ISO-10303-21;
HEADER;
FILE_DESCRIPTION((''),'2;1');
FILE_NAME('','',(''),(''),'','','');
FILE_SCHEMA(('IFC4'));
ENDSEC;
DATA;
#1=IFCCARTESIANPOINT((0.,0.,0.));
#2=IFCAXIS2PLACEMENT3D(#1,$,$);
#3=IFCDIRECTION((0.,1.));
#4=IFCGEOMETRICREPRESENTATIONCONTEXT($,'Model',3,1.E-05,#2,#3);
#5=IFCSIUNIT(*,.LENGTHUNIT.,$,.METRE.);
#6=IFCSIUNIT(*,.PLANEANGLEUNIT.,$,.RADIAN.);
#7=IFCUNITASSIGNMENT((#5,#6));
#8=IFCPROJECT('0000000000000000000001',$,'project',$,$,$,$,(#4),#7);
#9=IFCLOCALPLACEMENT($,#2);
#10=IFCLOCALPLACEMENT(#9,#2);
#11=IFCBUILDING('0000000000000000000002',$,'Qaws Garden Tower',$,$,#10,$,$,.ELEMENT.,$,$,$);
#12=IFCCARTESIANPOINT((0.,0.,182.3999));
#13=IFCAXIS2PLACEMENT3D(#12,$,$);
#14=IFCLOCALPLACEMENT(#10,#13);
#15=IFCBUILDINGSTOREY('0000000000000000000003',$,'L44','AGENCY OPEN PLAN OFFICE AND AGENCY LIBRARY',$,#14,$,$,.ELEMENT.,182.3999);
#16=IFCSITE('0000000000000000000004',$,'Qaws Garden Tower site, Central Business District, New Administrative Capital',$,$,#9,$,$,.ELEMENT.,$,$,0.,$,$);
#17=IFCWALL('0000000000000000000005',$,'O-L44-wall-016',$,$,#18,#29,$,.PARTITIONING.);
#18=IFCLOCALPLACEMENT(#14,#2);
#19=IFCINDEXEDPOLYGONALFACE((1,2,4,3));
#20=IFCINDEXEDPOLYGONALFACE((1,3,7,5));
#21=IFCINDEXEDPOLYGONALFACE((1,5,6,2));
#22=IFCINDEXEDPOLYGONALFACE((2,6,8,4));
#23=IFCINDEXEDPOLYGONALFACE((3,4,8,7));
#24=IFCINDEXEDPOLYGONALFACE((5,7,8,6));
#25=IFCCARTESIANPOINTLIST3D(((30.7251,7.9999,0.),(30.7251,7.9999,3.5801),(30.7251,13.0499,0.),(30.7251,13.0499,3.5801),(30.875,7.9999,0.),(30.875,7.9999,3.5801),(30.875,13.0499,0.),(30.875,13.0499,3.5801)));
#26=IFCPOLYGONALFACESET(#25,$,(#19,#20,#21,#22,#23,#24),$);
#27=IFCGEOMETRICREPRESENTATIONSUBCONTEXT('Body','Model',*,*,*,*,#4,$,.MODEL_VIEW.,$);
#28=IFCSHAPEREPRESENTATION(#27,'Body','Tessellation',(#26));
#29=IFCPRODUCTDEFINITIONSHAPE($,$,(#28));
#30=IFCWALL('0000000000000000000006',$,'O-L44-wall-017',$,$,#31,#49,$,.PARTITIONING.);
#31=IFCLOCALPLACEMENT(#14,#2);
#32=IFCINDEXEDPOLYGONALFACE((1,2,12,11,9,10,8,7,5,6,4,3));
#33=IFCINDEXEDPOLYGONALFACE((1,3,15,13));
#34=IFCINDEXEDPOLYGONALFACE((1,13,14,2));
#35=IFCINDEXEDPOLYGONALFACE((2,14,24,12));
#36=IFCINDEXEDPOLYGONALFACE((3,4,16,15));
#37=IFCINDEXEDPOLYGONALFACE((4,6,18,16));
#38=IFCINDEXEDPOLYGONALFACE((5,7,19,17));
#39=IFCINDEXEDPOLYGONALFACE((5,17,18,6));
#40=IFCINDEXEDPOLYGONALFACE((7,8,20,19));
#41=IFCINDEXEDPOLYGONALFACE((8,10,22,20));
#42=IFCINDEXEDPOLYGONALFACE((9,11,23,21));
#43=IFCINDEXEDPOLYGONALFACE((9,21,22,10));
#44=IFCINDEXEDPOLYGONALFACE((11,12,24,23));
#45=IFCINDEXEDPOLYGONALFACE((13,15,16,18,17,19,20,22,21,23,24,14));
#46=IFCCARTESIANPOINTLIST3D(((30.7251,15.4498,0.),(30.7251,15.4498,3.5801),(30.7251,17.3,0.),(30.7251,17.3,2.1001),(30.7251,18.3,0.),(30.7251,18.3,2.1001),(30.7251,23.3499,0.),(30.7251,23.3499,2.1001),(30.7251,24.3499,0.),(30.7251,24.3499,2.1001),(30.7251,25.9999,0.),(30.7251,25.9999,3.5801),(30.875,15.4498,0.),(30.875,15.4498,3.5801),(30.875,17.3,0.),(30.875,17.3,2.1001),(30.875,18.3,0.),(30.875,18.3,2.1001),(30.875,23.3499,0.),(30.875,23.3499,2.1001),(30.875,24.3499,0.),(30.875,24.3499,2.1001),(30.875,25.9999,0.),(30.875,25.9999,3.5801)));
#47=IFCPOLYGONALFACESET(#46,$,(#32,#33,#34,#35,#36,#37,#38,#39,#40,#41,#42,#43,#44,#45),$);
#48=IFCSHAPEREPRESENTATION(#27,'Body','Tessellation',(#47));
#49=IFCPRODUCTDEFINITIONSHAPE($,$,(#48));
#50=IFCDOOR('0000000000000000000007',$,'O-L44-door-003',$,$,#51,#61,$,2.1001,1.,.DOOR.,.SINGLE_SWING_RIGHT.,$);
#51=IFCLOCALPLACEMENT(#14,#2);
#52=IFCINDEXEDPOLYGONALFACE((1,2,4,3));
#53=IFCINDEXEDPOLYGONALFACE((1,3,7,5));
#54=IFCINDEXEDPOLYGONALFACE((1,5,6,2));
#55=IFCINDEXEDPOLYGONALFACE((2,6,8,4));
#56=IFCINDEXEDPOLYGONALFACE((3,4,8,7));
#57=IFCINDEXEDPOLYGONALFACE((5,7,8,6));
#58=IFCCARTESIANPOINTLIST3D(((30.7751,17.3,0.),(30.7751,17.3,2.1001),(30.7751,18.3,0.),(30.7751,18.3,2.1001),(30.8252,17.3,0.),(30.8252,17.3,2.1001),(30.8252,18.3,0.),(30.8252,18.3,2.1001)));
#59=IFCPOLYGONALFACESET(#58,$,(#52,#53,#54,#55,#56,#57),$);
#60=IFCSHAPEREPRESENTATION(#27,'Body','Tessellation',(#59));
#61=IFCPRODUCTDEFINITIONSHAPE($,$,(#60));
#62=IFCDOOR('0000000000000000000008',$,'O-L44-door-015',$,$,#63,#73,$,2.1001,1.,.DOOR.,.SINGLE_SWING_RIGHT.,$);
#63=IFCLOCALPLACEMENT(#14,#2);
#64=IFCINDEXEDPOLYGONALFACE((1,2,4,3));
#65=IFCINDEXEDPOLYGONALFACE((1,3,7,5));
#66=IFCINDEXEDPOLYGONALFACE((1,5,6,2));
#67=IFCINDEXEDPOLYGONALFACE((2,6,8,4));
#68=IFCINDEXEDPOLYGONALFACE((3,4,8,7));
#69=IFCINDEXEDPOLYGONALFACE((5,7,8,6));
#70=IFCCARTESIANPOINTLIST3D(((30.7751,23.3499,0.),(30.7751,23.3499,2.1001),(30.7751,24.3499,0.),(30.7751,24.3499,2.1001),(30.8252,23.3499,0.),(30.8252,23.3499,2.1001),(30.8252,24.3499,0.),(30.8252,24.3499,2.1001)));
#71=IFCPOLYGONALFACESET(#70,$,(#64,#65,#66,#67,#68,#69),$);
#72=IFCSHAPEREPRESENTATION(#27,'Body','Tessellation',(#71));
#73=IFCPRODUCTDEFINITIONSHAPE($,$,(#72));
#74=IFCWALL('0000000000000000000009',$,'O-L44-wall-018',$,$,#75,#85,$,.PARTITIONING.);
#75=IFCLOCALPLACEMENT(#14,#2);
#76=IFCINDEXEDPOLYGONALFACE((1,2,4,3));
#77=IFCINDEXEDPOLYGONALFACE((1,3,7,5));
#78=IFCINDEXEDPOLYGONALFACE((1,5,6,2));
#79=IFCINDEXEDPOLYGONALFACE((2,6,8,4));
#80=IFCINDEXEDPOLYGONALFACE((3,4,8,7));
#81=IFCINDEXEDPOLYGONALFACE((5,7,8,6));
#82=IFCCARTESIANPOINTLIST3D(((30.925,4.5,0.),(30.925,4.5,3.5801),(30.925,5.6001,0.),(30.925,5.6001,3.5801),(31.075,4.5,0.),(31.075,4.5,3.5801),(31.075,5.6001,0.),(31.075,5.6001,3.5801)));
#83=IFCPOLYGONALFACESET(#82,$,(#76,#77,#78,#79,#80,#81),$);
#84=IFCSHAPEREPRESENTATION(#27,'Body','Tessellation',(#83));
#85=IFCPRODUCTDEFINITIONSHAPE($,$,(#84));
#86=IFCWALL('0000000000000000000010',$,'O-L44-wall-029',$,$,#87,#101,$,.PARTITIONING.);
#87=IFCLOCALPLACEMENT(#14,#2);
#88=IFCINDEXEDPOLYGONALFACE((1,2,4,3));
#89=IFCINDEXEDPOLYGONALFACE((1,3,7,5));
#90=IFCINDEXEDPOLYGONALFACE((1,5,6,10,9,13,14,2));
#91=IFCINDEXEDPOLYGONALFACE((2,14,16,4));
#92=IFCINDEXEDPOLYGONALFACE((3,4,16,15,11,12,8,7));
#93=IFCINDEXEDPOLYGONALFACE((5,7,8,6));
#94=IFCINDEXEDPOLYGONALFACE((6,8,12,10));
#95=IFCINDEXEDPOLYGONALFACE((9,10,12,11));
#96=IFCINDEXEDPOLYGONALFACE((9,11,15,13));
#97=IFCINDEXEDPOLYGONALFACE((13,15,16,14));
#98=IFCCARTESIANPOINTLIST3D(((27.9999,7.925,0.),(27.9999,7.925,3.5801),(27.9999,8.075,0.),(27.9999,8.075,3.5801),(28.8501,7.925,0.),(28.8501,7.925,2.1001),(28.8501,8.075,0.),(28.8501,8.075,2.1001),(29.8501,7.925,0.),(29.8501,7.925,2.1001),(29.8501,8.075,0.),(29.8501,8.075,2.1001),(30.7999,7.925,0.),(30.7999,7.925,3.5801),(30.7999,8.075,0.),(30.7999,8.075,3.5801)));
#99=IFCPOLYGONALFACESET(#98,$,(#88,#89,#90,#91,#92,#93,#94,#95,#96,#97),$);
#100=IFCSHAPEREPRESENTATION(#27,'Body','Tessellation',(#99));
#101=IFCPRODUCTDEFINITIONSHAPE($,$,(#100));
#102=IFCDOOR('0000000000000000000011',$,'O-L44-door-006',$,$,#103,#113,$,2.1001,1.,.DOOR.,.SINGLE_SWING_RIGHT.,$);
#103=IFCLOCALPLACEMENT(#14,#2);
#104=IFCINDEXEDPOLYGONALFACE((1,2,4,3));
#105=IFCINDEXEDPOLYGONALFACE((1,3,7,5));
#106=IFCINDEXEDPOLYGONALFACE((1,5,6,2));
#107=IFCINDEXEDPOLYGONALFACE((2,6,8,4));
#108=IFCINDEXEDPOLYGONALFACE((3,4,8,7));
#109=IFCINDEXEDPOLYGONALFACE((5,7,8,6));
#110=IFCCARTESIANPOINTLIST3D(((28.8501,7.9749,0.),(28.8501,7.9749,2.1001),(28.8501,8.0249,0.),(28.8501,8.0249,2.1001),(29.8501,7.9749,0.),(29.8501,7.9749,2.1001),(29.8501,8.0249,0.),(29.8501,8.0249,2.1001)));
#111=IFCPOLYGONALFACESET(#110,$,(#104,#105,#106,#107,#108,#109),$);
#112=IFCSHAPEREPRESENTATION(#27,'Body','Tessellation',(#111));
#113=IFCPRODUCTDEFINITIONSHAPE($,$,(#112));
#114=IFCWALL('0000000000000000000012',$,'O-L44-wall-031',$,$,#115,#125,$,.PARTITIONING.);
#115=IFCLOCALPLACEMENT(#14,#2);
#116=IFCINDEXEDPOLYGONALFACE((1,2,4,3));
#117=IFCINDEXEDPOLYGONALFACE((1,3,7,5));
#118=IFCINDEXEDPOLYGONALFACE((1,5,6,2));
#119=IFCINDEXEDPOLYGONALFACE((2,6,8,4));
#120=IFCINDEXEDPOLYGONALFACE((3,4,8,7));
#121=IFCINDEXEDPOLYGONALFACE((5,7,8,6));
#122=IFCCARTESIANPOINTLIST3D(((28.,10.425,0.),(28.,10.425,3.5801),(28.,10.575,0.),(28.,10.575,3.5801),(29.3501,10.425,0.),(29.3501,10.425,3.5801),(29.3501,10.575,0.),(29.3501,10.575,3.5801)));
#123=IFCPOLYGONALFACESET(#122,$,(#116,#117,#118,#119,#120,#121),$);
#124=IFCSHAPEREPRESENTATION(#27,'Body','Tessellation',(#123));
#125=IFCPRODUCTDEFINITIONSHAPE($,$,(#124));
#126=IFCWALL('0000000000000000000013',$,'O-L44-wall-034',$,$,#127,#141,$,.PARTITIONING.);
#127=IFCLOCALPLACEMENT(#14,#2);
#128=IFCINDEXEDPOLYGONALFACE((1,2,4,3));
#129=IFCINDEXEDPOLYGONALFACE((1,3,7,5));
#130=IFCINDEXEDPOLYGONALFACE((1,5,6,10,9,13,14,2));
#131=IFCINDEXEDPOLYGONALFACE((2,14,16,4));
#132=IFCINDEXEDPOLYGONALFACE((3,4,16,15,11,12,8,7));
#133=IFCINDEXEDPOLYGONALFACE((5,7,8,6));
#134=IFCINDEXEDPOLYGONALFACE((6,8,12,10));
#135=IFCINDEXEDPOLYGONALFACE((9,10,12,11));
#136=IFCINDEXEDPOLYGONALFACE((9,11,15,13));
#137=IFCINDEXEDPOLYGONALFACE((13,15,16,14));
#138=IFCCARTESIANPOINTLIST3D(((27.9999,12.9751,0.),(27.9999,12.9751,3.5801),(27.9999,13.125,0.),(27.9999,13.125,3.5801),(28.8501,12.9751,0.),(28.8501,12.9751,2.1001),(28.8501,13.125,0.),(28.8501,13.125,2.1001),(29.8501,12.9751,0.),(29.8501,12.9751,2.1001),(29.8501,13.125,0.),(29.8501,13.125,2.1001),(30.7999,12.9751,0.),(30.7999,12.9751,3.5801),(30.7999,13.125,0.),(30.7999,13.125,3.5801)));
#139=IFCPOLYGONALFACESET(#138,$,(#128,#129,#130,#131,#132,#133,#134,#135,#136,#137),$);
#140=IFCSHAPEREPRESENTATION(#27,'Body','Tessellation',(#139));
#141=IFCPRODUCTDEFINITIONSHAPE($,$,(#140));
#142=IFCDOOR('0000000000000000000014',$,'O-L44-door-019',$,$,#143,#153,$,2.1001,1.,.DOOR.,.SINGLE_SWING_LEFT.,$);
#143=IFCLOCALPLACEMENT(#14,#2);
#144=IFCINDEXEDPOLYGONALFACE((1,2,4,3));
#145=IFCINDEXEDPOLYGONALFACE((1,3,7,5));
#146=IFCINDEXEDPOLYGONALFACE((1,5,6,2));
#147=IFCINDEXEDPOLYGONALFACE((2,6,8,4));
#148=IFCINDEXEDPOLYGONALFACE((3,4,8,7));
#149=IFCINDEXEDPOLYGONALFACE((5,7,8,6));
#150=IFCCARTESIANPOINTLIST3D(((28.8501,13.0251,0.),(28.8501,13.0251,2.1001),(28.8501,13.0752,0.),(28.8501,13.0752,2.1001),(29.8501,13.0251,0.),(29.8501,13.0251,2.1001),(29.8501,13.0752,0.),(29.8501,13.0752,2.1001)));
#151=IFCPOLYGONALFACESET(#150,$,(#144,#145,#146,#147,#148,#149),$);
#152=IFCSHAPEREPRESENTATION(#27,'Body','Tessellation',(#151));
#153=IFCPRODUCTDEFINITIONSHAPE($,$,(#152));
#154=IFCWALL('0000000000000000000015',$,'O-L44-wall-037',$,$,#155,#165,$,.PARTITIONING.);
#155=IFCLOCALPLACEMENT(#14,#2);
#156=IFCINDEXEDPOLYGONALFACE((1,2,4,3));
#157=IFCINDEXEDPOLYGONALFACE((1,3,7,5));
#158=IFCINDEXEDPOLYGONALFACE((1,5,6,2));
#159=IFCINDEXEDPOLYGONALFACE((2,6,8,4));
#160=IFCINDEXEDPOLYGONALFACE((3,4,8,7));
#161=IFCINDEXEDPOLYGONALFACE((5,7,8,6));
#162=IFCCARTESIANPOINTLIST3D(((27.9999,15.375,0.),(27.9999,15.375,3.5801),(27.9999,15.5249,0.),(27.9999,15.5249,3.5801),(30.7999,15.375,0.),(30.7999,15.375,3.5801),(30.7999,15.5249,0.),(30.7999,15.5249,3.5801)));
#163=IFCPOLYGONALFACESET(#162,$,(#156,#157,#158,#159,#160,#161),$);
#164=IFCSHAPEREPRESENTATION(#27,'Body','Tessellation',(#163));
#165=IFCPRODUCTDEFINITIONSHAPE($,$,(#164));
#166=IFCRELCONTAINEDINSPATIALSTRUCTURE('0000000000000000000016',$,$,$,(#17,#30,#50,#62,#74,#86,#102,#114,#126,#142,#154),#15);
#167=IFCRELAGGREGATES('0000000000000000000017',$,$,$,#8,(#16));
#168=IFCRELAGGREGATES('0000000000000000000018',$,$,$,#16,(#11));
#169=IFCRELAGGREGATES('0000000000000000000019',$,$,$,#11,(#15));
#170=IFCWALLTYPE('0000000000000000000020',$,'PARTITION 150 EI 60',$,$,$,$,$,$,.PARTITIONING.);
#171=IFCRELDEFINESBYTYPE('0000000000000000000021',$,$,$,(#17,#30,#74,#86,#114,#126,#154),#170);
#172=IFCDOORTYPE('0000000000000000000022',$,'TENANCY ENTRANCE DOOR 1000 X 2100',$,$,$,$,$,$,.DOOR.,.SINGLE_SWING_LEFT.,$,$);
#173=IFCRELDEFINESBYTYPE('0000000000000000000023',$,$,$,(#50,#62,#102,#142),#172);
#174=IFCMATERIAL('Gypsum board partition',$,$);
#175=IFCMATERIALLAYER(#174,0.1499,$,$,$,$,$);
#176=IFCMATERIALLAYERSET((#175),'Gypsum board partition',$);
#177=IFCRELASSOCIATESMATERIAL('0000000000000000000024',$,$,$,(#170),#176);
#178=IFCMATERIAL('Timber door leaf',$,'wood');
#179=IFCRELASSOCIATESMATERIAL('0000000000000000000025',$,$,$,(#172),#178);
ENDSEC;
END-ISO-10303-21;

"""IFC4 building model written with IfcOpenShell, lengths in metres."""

from ifc_helpers import new_model, si_unit, direction, frame, frame_2d, origin, place, context, subcontext, project, spatial, rectangle, extrude, material, layer, layer_set, type_object, element, fill, save


model = new_model("IFC4")

# Units and contexts
model_context = context("Model", 3, precision=1e-05, world=origin(), true_north=direction((0.0, 1.0)))
body_context = subcontext(model_context, "Body", "Model", "MODEL_VIEW")
ifc_project = project(units=[si_unit("LENGTHUNIT", "METRE"), si_unit("PLANEANGLEUNIT", "RADIAN")], contexts=[model_context])

# Site, building, storey
site_placement = place(None, origin())
site = spatial("IfcSite", under=ifc_project, at=site_placement, Name="Qaws Garden Tower site, Central Business District, New Administrative Capital", CompositionType="ELEMENT", RefElevation=0.0)
building_placement = place(site_placement, origin())
building = spatial("IfcBuilding", under=site, at=building_placement, Name="Qaws Garden Tower", CompositionType="ELEMENT")
storey_placement = place(building_placement, frame((0.0, 0.0, 182.3999)))
storey = spatial("IfcBuildingStorey", under=building, at=storey_placement, Name="L44", Description="AGENCY OPEN PLAN OFFICE AND AGENCY LIBRARY", CompositionType="ELEMENT", Elevation=182.3999)

# Wall
ifc_material_1 = material(Name="Gypsum board partition")
ifc_layer_1 = layer(ifc_material_1, 0.1499)
ifc_layer_set_1 = layer_set([ifc_layer_1], Name="Gypsum board partition")
wall_type_1 = type_object("IfcWallType", Name="PARTITION 150 EI 60", PredefinedType="PARTITIONING", material=ifc_layer_set_1)
wall_1_placement = place(storey_placement, frame((30.8, 8.0, 0.0), z_axis=(0.0, 0.0, 1.0), x_axis=(0.0, 1.0, 0.0)))
element("IfcWall", 1, at=wall_1_placement, inside=storey, type_object=wall_type_1, Name="O-L44-wall-016", PredefinedType="PARTITIONING", context=body_context, shape_type="SweptSolid", body=[
    extrude(rectangle(XDim=5.05, YDim=0.1499, at=frame_2d((2.5249, 0.0))), origin(), (0.0, 0.0, 1.0), 3.5801),
])

# Wall, openings, doors
wall_2_placement = place(storey_placement, frame((30.8, 15.45, 0.0), z_axis=(0.0, 0.0, 1.0), x_axis=(0.0, 1.0, 0.0)))
wall_2 = element("IfcWall", 2, at=wall_2_placement, inside=storey, type_object=wall_type_1, Name="O-L44-wall-017", PredefinedType="PARTITIONING", context=body_context, shape_type="SweptSolid", body=[
    extrude(rectangle(XDim=10.55, YDim=0.1499, at=frame_2d((5.2749, 0.0))), origin(), (0.0, 0.0, 1.0), 3.5801),
])
opening_1_placement = place(wall_2_placement, frame((1.8501, 0.0, 0.0)))
opening_1 = element("IfcOpeningElement", 3, at=opening_1_placement, cuts=wall_2, PredefinedType="OPENING", context=body_context, shape_type="SweptSolid", body=[
    extrude(rectangle(XDim=1.0, YDim=2.1001, at=frame_2d((0.5, 1.05))), frame((0.0, 0.085, 0.0), z_axis=(0.0, -1.0, 0.0), x_axis=(1.0, 0.0, 0.0)), (0.0, 0.0, 1.0), 0.1699),
])
opening_2_placement = place(wall_2_placement, frame((7.8999, 0.0, 0.0)))
opening_2 = element("IfcOpeningElement", 4, at=opening_2_placement, cuts=wall_2, PredefinedType="OPENING", context=body_context, shape_type="SweptSolid", body=[
    extrude(rectangle(XDim=1.0, YDim=2.1001, at=frame_2d((0.5, 1.05))), frame((0.0, 0.085, 0.0), z_axis=(0.0, -1.0, 0.0), x_axis=(1.0, 0.0, 0.0)), (0.0, 0.0, 1.0), 0.1699),
])
ifc_material_2 = material(Name="Timber door leaf", Category="wood")
door_type_1 = type_object("IfcDoorType", Name="TENANCY ENTRANCE DOOR 1000 X 2100", OperationType="SINGLE_SWING_LEFT", PredefinedType="DOOR", material=ifc_material_2)
door_1_placement = place(opening_1_placement, origin())
door_1 = element("IfcDoor", 5, at=door_1_placement, inside=storey, type_object=door_type_1, Name="O-L44-door-003", OperationType="SINGLE_SWING_RIGHT", OverallHeight=2.1001, OverallWidth=1.0, PredefinedType="DOOR", context=body_context, shape_type="SweptSolid", body=[
    extrude(rectangle(XDim=1.0, YDim=2.1001, at=frame_2d((0.5, 1.05))), frame((0.0, 0.0249, 0.0), z_axis=(0.0, -1.0, 0.0), x_axis=(1.0, 0.0, 0.0)), (0.0, 0.0, 1.0), 0.05),
])
fill(opening_1, door_1)
door_2_placement = place(opening_2_placement, origin())
door_2 = element("IfcDoor", 6, at=door_2_placement, inside=storey, type_object=door_type_1, Name="O-L44-door-015", OperationType="SINGLE_SWING_RIGHT", OverallHeight=2.1001, OverallWidth=1.0, PredefinedType="DOOR", context=body_context, shape_type="SweptSolid", body=[
    extrude(rectangle(XDim=1.0, YDim=2.1001, at=frame_2d((0.5, 1.05))), frame((0.0, 0.0249, 0.0), z_axis=(0.0, -1.0, 0.0), x_axis=(1.0, 0.0, 0.0)), (0.0, 0.0, 1.0), 0.05),
])
fill(opening_2, door_2)

# Wall
wall_3_placement = place(storey_placement, frame((31.0, 4.5, 0.0), z_axis=(0.0, 0.0, 1.0), x_axis=(0.0, 1.0, 0.0)))
element("IfcWall", 7, at=wall_3_placement, inside=storey, type_object=wall_type_1, Name="O-L44-wall-018", PredefinedType="PARTITIONING", context=body_context, shape_type="SweptSolid", body=[
    extrude(rectangle(XDim=1.1001, YDim=0.1499, at=frame_2d((0.55, 0.0))), origin(), (0.0, 0.0, 1.0), 3.5801),
])

# Wall, opening, door
wall_4_placement = place(storey_placement, frame((28.0, 8.0, 0.0), z_axis=(0.0, 0.0, 1.0), x_axis=(1.0, 0.0, 0.0)))
wall_4 = element("IfcWall", 8, at=wall_4_placement, inside=storey, type_object=wall_type_1, Name="O-L44-wall-029", PredefinedType="PARTITIONING", context=body_context, shape_type="SweptSolid", body=[
    extrude(rectangle(XDim=2.8, YDim=0.1499, at=frame_2d((1.3999, 0.0))), origin(), (0.0, 0.0, 1.0), 3.5801),
])
opening_3_placement = place(wall_4_placement, frame((0.8501, 0.0, 0.0)))
opening_3 = element("IfcOpeningElement", 9, at=opening_3_placement, cuts=wall_4, PredefinedType="OPENING", context=body_context, shape_type="SweptSolid", body=[
    extrude(rectangle(XDim=1.0, YDim=2.1001, at=frame_2d((0.5, 1.05))), frame((0.0, 0.085, 0.0), z_axis=(0.0, -1.0, 0.0), x_axis=(1.0, 0.0, 0.0)), (0.0, 0.0, 1.0), 0.1699),
])
door_3_placement = place(opening_3_placement, origin())
door_3 = element("IfcDoor", 10, at=door_3_placement, inside=storey, type_object=door_type_1, Name="O-L44-door-006", OperationType="SINGLE_SWING_RIGHT", OverallHeight=2.1001, OverallWidth=1.0, PredefinedType="DOOR", context=body_context, shape_type="SweptSolid", body=[
    extrude(rectangle(XDim=1.0, YDim=2.1001, at=frame_2d((0.5, 1.05))), frame((0.0, 0.0249, 0.0), z_axis=(0.0, -1.0, 0.0), x_axis=(1.0, 0.0, 0.0)), (0.0, 0.0, 1.0), 0.05),
])
fill(opening_3, door_3)

# Wall
wall_5_placement = place(storey_placement, frame((28.0, 10.5, 0.0), z_axis=(0.0, 0.0, 1.0), x_axis=(1.0, 0.0, 0.0)))
element("IfcWall", 11, at=wall_5_placement, inside=storey, type_object=wall_type_1, Name="O-L44-wall-031", PredefinedType="PARTITIONING", context=body_context, shape_type="SweptSolid", body=[
    extrude(rectangle(XDim=1.3501, YDim=0.1499, at=frame_2d((0.675, 0.0))), origin(), (0.0, 0.0, 1.0), 3.5801),
])

# Wall, opening, door
wall_6_placement = place(storey_placement, frame((28.0, 13.05, 0.0), z_axis=(0.0, 0.0, 1.0), x_axis=(1.0, 0.0, 0.0)))
wall_6 = element("IfcWall", 12, at=wall_6_placement, inside=storey, type_object=wall_type_1, Name="O-L44-wall-034", PredefinedType="PARTITIONING", context=body_context, shape_type="SweptSolid", body=[
    extrude(rectangle(XDim=2.8, YDim=0.1499, at=frame_2d((1.3999, 0.0))), origin(), (0.0, 0.0, 1.0), 3.5801),
])
opening_4_placement = place(wall_6_placement, frame((0.8501, 0.0, 0.0)))
opening_4 = element("IfcOpeningElement", 13, at=opening_4_placement, cuts=wall_6, PredefinedType="OPENING", context=body_context, shape_type="SweptSolid", body=[
    extrude(rectangle(XDim=1.0, YDim=2.1001, at=frame_2d((0.5, 1.05))), frame((0.0, 0.085, 0.0), z_axis=(0.0, -1.0, 0.0), x_axis=(1.0, 0.0, 0.0)), (0.0, 0.0, 1.0), 0.1699),
])
door_4_placement = place(opening_4_placement, frame((1.0, 0.0, 0.0), z_axis=(0.0, 0.0, 1.0), x_axis=(-1.0, 0.0, 0.0)))
door_4 = element("IfcDoor", 14, at=door_4_placement, inside=storey, type_object=door_type_1, Name="O-L44-door-019", OperationType="SINGLE_SWING_LEFT", OverallHeight=2.1001, OverallWidth=1.0, PredefinedType="DOOR", context=body_context, shape_type="SweptSolid", body=[
    extrude(rectangle(XDim=1.0, YDim=2.1001, at=frame_2d((0.5, 1.05))), frame((0.0, 0.0249, 0.0), z_axis=(0.0, -1.0, 0.0), x_axis=(1.0, 0.0, 0.0)), (0.0, 0.0, 1.0), 0.05),
])
fill(opening_4, door_4)

# Wall
wall_7_placement = place(storey_placement, frame((28.0, 15.45, 0.0), z_axis=(0.0, 0.0, 1.0), x_axis=(1.0, 0.0, 0.0)))
element("IfcWall", 15, at=wall_7_placement, inside=storey, type_object=wall_type_1, Name="O-L44-wall-037", PredefinedType="PARTITIONING", context=body_context, shape_type="SweptSolid", body=[
    extrude(rectangle(XDim=2.8, YDim=0.1499, at=frame_2d((1.3999, 0.0))), origin(), (0.0, 0.0, 1.0), 3.5801),
])

save(model, "model.ifc")
